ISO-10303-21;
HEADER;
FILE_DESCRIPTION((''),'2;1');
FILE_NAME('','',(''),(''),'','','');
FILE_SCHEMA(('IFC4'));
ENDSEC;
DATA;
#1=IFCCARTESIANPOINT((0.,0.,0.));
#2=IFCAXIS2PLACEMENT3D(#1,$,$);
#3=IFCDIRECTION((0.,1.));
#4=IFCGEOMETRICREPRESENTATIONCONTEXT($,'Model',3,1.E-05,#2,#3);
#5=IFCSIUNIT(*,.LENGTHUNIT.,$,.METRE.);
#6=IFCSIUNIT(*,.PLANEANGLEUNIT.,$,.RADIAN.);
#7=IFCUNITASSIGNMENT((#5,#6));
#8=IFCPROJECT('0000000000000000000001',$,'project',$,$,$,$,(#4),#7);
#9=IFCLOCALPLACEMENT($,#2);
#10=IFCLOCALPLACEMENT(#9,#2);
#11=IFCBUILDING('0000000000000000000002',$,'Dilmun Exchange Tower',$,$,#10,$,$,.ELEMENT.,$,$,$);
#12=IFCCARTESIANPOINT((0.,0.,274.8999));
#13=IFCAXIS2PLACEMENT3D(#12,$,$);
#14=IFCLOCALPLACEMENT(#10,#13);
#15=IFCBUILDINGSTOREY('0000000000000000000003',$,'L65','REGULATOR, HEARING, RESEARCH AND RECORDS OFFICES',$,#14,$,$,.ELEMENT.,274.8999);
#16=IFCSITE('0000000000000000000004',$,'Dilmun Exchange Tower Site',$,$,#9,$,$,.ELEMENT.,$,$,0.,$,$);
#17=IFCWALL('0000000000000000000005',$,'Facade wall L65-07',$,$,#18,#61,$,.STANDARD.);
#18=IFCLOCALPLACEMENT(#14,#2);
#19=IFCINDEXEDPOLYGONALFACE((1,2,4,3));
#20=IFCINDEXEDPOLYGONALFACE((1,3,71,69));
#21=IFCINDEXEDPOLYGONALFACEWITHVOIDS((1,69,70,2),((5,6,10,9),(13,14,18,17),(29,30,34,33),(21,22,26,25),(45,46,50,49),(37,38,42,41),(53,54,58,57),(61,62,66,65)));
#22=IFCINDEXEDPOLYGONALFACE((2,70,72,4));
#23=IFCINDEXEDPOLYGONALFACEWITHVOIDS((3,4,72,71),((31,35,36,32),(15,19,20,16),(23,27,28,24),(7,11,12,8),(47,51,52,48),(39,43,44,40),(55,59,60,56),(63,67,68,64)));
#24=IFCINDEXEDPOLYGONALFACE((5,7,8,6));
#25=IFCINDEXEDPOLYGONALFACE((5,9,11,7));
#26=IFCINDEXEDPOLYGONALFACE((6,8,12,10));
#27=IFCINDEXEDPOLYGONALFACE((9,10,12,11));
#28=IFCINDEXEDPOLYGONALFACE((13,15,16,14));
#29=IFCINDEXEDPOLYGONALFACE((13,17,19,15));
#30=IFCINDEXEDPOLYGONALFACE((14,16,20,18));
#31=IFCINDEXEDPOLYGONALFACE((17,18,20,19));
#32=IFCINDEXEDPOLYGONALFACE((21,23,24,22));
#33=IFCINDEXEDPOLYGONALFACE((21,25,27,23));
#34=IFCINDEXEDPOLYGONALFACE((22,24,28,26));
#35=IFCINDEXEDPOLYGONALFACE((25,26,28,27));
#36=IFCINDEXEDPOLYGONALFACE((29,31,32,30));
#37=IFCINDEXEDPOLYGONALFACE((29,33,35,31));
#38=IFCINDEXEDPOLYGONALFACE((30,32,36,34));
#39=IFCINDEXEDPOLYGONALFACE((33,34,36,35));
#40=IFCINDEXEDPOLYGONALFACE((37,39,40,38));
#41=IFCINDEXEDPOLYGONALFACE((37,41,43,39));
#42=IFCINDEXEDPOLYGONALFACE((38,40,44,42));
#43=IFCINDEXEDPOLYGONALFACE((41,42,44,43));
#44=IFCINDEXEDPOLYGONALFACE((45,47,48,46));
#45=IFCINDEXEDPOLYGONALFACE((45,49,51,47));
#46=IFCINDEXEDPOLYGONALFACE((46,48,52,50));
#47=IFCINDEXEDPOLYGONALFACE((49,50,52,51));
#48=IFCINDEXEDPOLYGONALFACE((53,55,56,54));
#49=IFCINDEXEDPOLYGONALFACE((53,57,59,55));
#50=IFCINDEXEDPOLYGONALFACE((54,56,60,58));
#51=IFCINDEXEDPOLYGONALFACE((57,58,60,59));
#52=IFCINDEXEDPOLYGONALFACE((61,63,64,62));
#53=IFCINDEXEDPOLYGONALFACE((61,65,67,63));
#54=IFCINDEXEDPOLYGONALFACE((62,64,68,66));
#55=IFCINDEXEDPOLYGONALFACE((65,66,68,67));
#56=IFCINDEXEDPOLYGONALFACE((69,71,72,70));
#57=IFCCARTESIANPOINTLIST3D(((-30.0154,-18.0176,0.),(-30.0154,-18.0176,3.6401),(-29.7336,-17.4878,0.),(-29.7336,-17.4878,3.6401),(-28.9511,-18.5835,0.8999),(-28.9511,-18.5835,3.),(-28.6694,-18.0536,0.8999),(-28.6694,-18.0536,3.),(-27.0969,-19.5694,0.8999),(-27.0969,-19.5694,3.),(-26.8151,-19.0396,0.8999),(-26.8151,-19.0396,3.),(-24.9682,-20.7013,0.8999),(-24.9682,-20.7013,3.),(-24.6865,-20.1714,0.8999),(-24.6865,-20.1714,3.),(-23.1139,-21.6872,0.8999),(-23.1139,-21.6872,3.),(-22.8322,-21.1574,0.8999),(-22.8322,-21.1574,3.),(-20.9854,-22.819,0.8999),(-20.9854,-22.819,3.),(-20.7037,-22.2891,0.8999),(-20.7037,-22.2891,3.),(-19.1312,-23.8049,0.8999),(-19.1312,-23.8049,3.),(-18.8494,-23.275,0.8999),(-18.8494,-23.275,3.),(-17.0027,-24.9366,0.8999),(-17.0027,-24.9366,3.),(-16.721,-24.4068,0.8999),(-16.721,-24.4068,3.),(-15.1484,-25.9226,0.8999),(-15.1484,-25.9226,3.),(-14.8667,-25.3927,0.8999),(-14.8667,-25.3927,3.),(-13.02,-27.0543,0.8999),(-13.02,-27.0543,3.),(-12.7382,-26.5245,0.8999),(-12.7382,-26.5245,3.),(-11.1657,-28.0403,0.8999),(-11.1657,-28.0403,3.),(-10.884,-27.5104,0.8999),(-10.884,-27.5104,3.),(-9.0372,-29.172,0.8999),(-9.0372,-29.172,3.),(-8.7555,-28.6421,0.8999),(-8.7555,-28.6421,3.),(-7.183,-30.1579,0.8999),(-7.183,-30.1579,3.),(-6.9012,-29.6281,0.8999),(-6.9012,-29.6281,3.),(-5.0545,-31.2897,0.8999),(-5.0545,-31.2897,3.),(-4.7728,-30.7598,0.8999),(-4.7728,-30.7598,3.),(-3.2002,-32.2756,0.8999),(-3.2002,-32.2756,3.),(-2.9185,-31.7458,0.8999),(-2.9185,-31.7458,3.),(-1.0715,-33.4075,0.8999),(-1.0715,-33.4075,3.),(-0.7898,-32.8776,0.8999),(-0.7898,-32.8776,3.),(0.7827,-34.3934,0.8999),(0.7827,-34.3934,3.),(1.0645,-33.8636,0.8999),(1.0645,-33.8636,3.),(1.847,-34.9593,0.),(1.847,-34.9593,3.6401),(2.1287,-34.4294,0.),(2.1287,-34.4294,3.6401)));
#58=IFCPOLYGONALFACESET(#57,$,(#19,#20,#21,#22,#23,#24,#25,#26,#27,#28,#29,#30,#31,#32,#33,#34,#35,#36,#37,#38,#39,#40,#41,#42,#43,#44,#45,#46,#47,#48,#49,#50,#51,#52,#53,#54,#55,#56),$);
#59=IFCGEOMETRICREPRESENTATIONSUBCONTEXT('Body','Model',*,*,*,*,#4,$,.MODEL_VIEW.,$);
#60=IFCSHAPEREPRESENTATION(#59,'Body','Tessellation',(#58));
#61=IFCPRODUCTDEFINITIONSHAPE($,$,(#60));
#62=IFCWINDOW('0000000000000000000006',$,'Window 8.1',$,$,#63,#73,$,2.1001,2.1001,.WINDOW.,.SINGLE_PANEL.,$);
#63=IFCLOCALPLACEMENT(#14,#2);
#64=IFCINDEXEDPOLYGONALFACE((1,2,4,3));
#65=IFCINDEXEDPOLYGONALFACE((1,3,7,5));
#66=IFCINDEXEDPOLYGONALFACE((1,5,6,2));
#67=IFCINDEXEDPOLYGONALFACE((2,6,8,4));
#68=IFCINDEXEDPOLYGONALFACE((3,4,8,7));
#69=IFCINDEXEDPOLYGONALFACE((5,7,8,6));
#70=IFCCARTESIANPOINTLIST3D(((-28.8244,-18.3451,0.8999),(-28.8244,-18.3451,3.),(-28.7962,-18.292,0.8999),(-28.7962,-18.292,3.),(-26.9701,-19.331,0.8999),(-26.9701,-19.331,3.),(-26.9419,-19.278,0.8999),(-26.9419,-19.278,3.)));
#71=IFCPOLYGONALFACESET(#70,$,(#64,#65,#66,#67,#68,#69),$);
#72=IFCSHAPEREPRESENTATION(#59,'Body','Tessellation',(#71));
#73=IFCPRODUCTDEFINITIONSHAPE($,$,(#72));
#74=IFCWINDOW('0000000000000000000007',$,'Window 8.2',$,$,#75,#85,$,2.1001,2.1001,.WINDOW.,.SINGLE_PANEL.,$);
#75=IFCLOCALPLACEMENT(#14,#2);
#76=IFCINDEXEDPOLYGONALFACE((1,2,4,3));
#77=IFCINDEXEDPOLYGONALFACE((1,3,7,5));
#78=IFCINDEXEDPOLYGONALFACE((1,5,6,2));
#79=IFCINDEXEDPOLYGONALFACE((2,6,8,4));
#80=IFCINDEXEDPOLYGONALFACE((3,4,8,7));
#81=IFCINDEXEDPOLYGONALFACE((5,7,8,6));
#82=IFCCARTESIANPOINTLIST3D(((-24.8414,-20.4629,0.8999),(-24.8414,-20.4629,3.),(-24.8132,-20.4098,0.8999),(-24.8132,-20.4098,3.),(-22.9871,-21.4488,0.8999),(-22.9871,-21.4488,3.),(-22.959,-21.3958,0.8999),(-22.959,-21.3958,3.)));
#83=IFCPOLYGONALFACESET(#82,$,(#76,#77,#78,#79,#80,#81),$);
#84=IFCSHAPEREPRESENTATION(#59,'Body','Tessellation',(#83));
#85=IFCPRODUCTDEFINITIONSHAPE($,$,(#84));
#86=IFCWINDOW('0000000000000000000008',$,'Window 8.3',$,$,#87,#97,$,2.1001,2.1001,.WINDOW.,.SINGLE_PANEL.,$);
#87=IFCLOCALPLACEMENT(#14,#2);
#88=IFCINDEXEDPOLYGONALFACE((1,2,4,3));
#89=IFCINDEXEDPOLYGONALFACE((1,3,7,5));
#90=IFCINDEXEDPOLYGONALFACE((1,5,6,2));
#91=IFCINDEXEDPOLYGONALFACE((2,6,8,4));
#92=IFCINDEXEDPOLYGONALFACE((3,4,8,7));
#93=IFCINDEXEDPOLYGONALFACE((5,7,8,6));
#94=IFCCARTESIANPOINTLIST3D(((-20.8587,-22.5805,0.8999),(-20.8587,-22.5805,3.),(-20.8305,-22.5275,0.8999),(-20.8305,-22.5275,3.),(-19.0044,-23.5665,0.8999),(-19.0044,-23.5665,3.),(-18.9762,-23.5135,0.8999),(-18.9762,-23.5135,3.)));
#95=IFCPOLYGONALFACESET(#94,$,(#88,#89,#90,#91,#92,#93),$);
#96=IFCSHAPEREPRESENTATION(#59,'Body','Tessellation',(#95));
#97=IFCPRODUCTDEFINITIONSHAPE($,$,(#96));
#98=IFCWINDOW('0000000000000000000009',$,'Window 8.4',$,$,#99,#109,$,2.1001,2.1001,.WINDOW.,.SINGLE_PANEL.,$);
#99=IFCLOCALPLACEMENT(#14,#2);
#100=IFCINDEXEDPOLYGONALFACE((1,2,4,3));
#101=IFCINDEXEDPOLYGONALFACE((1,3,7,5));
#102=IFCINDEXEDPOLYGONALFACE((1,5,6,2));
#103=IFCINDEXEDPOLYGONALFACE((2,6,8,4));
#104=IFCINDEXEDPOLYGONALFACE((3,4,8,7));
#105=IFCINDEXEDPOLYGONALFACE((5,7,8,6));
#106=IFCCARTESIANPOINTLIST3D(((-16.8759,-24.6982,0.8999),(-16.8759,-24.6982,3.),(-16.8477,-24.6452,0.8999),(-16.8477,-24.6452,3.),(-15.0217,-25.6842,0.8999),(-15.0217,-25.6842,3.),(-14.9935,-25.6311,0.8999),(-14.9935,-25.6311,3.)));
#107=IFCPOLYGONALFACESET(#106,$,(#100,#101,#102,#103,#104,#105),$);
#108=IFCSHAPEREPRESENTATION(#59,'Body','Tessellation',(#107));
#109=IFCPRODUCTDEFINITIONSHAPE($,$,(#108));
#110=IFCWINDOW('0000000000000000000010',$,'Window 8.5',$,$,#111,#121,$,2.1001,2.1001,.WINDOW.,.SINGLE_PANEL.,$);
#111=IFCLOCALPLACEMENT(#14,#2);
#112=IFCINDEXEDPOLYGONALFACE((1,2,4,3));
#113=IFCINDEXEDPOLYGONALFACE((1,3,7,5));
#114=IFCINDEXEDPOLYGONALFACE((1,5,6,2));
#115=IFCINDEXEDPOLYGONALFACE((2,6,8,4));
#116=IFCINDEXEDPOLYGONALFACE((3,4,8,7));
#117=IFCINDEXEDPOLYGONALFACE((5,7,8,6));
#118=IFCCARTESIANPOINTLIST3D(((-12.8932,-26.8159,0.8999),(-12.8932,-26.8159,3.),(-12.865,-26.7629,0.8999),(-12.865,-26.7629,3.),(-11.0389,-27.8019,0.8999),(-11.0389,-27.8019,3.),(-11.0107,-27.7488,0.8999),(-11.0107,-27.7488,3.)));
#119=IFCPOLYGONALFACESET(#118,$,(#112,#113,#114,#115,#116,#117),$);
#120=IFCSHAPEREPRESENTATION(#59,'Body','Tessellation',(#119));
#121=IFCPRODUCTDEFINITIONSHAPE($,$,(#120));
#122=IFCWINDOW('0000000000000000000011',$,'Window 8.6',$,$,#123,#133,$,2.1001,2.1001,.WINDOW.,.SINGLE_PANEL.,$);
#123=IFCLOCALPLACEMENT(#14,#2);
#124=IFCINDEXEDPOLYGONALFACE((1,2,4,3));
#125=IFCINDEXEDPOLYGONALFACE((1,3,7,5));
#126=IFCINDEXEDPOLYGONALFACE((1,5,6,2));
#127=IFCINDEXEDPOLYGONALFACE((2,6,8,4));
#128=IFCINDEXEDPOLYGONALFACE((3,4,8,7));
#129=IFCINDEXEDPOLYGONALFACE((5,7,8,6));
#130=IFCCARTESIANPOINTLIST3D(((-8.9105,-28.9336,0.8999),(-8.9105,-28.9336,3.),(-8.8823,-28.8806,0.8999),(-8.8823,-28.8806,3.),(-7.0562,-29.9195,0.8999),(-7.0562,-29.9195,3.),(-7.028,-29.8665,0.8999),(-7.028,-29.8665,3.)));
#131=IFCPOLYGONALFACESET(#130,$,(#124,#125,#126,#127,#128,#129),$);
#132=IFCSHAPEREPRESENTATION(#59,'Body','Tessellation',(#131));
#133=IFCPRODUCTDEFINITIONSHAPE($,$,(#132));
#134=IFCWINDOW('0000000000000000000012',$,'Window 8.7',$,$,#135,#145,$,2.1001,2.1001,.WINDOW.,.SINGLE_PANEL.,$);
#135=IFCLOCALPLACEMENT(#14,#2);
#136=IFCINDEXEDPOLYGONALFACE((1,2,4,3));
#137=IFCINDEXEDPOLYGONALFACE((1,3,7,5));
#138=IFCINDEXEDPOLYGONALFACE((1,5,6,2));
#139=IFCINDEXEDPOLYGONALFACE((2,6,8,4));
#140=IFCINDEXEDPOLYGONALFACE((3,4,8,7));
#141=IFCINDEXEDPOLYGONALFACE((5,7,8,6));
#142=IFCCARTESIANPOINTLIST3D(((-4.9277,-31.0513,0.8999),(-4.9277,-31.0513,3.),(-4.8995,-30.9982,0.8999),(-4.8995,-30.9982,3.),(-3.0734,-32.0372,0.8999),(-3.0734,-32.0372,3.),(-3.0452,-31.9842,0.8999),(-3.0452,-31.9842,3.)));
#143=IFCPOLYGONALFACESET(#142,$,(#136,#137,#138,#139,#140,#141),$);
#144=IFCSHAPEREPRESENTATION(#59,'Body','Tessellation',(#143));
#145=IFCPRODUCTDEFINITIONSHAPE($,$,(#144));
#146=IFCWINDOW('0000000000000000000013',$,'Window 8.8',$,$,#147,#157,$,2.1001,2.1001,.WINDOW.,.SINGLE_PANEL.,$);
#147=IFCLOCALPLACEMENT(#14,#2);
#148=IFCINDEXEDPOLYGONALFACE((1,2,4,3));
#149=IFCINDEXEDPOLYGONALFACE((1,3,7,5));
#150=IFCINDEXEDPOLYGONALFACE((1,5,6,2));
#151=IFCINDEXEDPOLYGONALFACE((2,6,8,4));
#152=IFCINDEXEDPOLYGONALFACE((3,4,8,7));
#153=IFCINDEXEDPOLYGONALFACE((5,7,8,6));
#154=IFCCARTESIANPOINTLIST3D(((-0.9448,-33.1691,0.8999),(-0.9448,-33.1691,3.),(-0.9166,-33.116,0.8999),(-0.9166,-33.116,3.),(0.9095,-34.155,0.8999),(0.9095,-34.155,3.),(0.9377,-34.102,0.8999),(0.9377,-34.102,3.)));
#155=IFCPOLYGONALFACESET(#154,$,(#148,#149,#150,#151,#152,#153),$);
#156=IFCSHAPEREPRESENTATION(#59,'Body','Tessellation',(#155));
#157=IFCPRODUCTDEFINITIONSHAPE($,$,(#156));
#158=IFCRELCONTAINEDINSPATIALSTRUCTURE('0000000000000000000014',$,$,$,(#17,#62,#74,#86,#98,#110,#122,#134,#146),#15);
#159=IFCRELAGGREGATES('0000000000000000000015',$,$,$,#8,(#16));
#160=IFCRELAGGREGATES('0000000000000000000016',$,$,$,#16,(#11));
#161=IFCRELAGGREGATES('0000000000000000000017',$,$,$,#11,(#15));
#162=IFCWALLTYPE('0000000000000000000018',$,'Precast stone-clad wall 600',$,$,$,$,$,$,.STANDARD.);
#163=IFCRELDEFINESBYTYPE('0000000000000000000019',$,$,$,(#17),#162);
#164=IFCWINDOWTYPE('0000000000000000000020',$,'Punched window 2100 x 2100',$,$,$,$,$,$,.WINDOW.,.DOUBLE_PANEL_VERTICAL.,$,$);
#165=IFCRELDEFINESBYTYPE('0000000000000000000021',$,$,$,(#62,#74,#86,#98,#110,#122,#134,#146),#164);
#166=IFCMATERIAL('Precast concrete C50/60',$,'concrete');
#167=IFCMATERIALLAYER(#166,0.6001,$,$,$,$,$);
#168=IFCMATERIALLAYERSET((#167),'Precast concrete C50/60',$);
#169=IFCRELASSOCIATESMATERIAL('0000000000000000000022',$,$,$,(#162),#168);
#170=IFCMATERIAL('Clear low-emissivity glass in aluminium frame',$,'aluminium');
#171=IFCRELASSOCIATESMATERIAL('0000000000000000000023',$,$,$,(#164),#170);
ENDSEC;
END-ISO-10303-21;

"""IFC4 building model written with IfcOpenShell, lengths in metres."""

from ifc_helpers import new_model, si_unit, direction, frame, frame_2d, origin, place, context, subcontext, project, spatial, rectangle, extrude, material, layer, layer_set, type_object, element, fill, save


model = new_model("IFC4")

# Units and contexts
model_context = context("Model", 3, precision=1e-05, world=origin(), true_north=direction((0.0, 1.0)))
body_context = subcontext(model_context, "Body", "Model", "MODEL_VIEW")
ifc_project = project(units=[si_unit("LENGTHUNIT", "METRE"), si_unit("PLANEANGLEUNIT", "RADIAN")], contexts=[model_context])

# Site, building, storey
site_placement = place(None, origin())
site = spatial("IfcSite", under=ifc_project, at=site_placement, Name="Dilmun Exchange Tower Site", CompositionType="ELEMENT", RefElevation=0.0)
building_placement = place(site_placement, origin())
building = spatial("IfcBuilding", under=site, at=building_placement, Name="Dilmun Exchange Tower", CompositionType="ELEMENT")
storey_placement = place(building_placement, frame((0.0, 0.0, 274.8999)))
storey = spatial("IfcBuildingStorey", under=building, at=storey_placement, Name="L65", Description="REGULATOR, HEARING, RESEARCH AND RECORDS OFFICES", CompositionType="ELEMENT", Elevation=274.8999)

# Shared definitions
ifc_material_1 = material(Name="Precast concrete C50/60", Category="concrete")
ifc_layer_1 = layer(ifc_material_1, 0.6001)
ifc_layer_set_1 = layer_set([ifc_layer_1], Name="Precast concrete C50/60")
wall_type_1 = type_object("IfcWallType", Name="Precast stone-clad wall 600", PredefinedType="STANDARD", material=ifc_layer_set_1)
ifc_material_2 = material(Name="Clear low-emissivity glass in aluminium frame", Category="aluminium")

# Wall, openings, windows
wall_1_placement = place(storey_placement, frame((-29.8745, -17.7527, 0.0), z_axis=(0.0, 0.0, 1.0), x_axis=(0.882946, -0.469475, 0.0)))
wall_1 = element("IfcWall", 1, at=wall_1_placement, inside=storey, type_object=wall_type_1, Name="Facade wall L65-07", PredefinedType="STANDARD", context=body_context, shape_type="SweptSolid", body=[
    extrude(rectangle(XDim=36.0864, YDim=0.6001, at=frame_2d((18.0432, 0.0))), origin(), (0.0, 0.0, 1.0), 3.6401),
])
opening_1_placement = place(wall_1_placement, frame((1.2053, 0.0, 0.8999)))
opening_1 = element("IfcOpeningElement", 2, at=opening_1_placement, cuts=wall_1, PredefinedType="OPENING", context=body_context, shape_type="SweptSolid", body=[
    extrude(rectangle(XDim=2.1001, YDim=2.1001, at=frame_2d((1.05, 1.05))), frame((0.0, 0.3101, 0.0), z_axis=(0.0, -1.0, 0.0), x_axis=(1.0, 0.0, 0.0)), (0.0, 0.0, 1.0), 0.6201),
])
opening_2_placement = place(wall_1_placement, frame((5.7163, 0.0, 0.8999)))
opening_2 = element("IfcOpeningElement", 3, at=opening_2_placement, cuts=wall_1, PredefinedType="OPENING", context=body_context, shape_type="SweptSolid", body=[
    extrude(rectangle(XDim=2.1001, YDim=2.1001, at=frame_2d((1.05, 1.05))), frame((0.0, 0.3101, 0.0), z_axis=(0.0, -1.0, 0.0), x_axis=(1.0, 0.0, 0.0)), (0.0, 0.0, 1.0), 0.6201),
])
opening_3_placement = place(wall_1_placement, frame((10.2271, 0.0, 0.8999)))
opening_3 = element("IfcOpeningElement", 4, at=opening_3_placement, cuts=wall_1, PredefinedType="OPENING", context=body_context, shape_type="SweptSolid", body=[
    extrude(rectangle(XDim=2.1001, YDim=2.1001, at=frame_2d((1.05, 1.05))), frame((0.0, 0.3101, 0.0), z_axis=(0.0, -1.0, 0.0), x_axis=(1.0, 0.0, 0.0)), (0.0, 0.0, 1.0), 0.6201),
])
opening_4_placement = place(wall_1_placement, frame((14.7378, 0.0, 0.8999)))
opening_4 = element("IfcOpeningElement", 5, at=opening_4_placement, cuts=wall_1, PredefinedType="OPENING", context=body_context, shape_type="SweptSolid", body=[
    extrude(rectangle(XDim=2.1001, YDim=2.1001, at=frame_2d((1.05, 1.05))), frame((0.0, 0.3101, 0.0), z_axis=(0.0, -1.0, 0.0), x_axis=(1.0, 0.0, 0.0)), (0.0, 0.0, 1.0), 0.6201),
])
opening_5_placement = place(wall_1_placement, frame((19.2485, 0.0, 0.8999)))
opening_5 = element("IfcOpeningElement", 6, at=opening_5_placement, cuts=wall_1, PredefinedType="OPENING", context=body_context, shape_type="SweptSolid", body=[
    extrude(rectangle(XDim=2.1001, YDim=2.1001, at=frame_2d((1.05, 1.05))), frame((0.0, 0.3101, 0.0), z_axis=(0.0, -1.0, 0.0), x_axis=(1.0, 0.0, 0.0)), (0.0, 0.0, 1.0), 0.6201),
])
opening_6_placement = place(wall_1_placement, frame((23.7593, 0.0, 0.8999)))
opening_6 = element("IfcOpeningElement", 7, at=opening_6_placement, cuts=wall_1, PredefinedType="OPENING", context=body_context, shape_type="SweptSolid", body=[
    extrude(rectangle(XDim=2.1001, YDim=2.1001, at=frame_2d((1.05, 1.05))), frame((0.0, 0.3101, 0.0), z_axis=(0.0, -1.0, 0.0), x_axis=(1.0, 0.0, 0.0)), (0.0, 0.0, 1.0), 0.6201),
])
opening_7_placement = place(wall_1_placement, frame((28.27, 0.0, 0.8999)))
opening_7 = element("IfcOpeningElement", 8, at=opening_7_placement, cuts=wall_1, PredefinedType="OPENING", context=body_context, shape_type="SweptSolid", body=[
    extrude(rectangle(XDim=2.1001, YDim=2.1001, at=frame_2d((1.05, 1.05))), frame((0.0, 0.3101, 0.0), z_axis=(0.0, -1.0, 0.0), x_axis=(1.0, 0.0, 0.0)), (0.0, 0.0, 1.0), 0.6201),
])
opening_8_placement = place(wall_1_placement, frame((32.781, 0.0, 0.8999)))
opening_8 = element("IfcOpeningElement", 9, at=opening_8_placement, cuts=wall_1, PredefinedType="OPENING", context=body_context, shape_type="SweptSolid", body=[
    extrude(rectangle(XDim=2.1001, YDim=2.1001, at=frame_2d((1.05, 1.05))), frame((0.0, 0.3101, 0.0), z_axis=(0.0, -1.0, 0.0), x_axis=(1.0, 0.0, 0.0)), (0.0, 0.0, 1.0), 0.6201),
])
window_type_1 = type_object("IfcWindowType", Name="Punched window 2100 x 2100", PartitioningType="DOUBLE_PANEL_VERTICAL", PredefinedType="WINDOW", material=ifc_material_2)
window_1_placement = place(opening_1_placement, origin())
window_1 = element("IfcWindow", 10, at=window_1_placement, inside=storey, type_object=window_type_1, Name="Window 8.1", OverallHeight=2.1001, OverallWidth=2.1001, PartitioningType="SINGLE_PANEL", PredefinedType="WINDOW", context=body_context, shape_type="SweptSolid", body=[
    extrude(rectangle(XDim=2.1001, YDim=2.1001, at=frame_2d((1.05, 1.05))), frame((0.0, 0.03, 0.0), z_axis=(0.0, -1.0, 0.0), x_axis=(1.0, 0.0, 0.0)), (0.0, 0.0, 1.0), 0.0601),
])
fill(opening_1, window_1)
window_2_placement = place(opening_2_placement, origin())
window_2 = element("IfcWindow", 11, at=window_2_placement, inside=storey, type_object=window_type_1, Name="Window 8.2", OverallHeight=2.1001, OverallWidth=2.1001, PartitioningType="SINGLE_PANEL", PredefinedType="WINDOW", context=body_context, shape_type="SweptSolid", body=[
    extrude(rectangle(XDim=2.1001, YDim=2.1001, at=frame_2d((1.05, 1.05))), frame((0.0, 0.03, 0.0), z_axis=(0.0, -1.0, 0.0), x_axis=(1.0, 0.0, 0.0)), (0.0, 0.0, 1.0), 0.0601),
])
fill(opening_2, window_2)
window_3_placement = place(opening_3_placement, origin())
window_3 = element("IfcWindow", 12, at=window_3_placement, inside=storey, type_object=window_type_1, Name="Window 8.3", OverallHeight=2.1001, OverallWidth=2.1001, PartitioningType="SINGLE_PANEL", PredefinedType="WINDOW", context=body_context, shape_type="SweptSolid", body=[
    extrude(rectangle(XDim=2.1001, YDim=2.1001, at=frame_2d((1.05, 1.05))), frame((0.0, 0.03, 0.0), z_axis=(0.0, -1.0, 0.0), x_axis=(1.0, 0.0, 0.0)), (0.0, 0.0, 1.0), 0.0601),
])
fill(opening_3, window_3)
window_4_placement = place(opening_4_placement, origin())
window_4 = element("IfcWindow", 13, at=window_4_placement, inside=storey, type_object=window_type_1, Name="Window 8.4", OverallHeight=2.1001, OverallWidth=2.1001, PartitioningType="SINGLE_PANEL", PredefinedType="WINDOW", context=body_context, shape_type="SweptSolid", body=[
    extrude(rectangle(XDim=2.1001, YDim=2.1001, at=frame_2d((1.05, 1.05))), frame((0.0, 0.03, 0.0), z_axis=(0.0, -1.0, 0.0), x_axis=(1.0, 0.0, 0.0)), (0.0, 0.0, 1.0), 0.0601),
])
fill(opening_4, window_4)
window_5_placement = place(opening_5_placement, origin())
window_5 = element("IfcWindow", 14, at=window_5_placement, inside=storey, type_object=window_type_1, Name="Window 8.5", OverallHeight=2.1001, OverallWidth=2.1001, PartitioningType="SINGLE_PANEL", PredefinedType="WINDOW", context=body_context, shape_type="SweptSolid", body=[
    extrude(rectangle(XDim=2.1001, YDim=2.1001, at=frame_2d((1.05, 1.05))), frame((0.0, 0.03, 0.0), z_axis=(0.0, -1.0, 0.0), x_axis=(1.0, 0.0, 0.0)), (0.0, 0.0, 1.0), 0.0601),
])
fill(opening_5, window_5)
window_6_placement = place(opening_6_placement, origin())
window_6 = element("IfcWindow", 15, at=window_6_placement, inside=storey, type_object=window_type_1, Name="Window 8.6", OverallHeight=2.1001, OverallWidth=2.1001, PartitioningType="SINGLE_PANEL", PredefinedType="WINDOW", context=body_context, shape_type="SweptSolid", body=[
    extrude(rectangle(XDim=2.1001, YDim=2.1001, at=frame_2d((1.05, 1.05))), frame((0.0, 0.03, 0.0), z_axis=(0.0, -1.0, 0.0), x_axis=(1.0, 0.0, 0.0)), (0.0, 0.0, 1.0), 0.0601),
])
fill(opening_6, window_6)
window_7_placement = place(opening_7_placement, origin())
window_7 = element("IfcWindow", 16, at=window_7_placement, inside=storey, type_object=window_type_1, Name="Window 8.7", OverallHeight=2.1001, OverallWidth=2.1001, PartitioningType="SINGLE_PANEL", PredefinedType="WINDOW", context=body_context, shape_type="SweptSolid", body=[
    extrude(rectangle(XDim=2.1001, YDim=2.1001, at=frame_2d((1.05, 1.05))), frame((0.0, 0.03, 0.0), z_axis=(0.0, -1.0, 0.0), x_axis=(1.0, 0.0, 0.0)), (0.0, 0.0, 1.0), 0.0601),
])
fill(opening_7, window_7)
window_8_placement = place(opening_8_placement, origin())
window_8 = element("IfcWindow", 17, at=window_8_placement, inside=storey, type_object=window_type_1, Name="Window 8.8", OverallHeight=2.1001, OverallWidth=2.1001, PartitioningType="SINGLE_PANEL", PredefinedType="WINDOW", context=body_context, shape_type="SweptSolid", body=[
    extrude(rectangle(XDim=2.1001, YDim=2.1001, at=frame_2d((1.05, 1.05))), frame((0.0, 0.03, 0.0), z_axis=(0.0, -1.0, 0.0), x_axis=(1.0, 0.0, 0.0)), (0.0, 0.0, 1.0), 0.0601),
])
fill(opening_8, window_8)

save(model, "model.ifc")
